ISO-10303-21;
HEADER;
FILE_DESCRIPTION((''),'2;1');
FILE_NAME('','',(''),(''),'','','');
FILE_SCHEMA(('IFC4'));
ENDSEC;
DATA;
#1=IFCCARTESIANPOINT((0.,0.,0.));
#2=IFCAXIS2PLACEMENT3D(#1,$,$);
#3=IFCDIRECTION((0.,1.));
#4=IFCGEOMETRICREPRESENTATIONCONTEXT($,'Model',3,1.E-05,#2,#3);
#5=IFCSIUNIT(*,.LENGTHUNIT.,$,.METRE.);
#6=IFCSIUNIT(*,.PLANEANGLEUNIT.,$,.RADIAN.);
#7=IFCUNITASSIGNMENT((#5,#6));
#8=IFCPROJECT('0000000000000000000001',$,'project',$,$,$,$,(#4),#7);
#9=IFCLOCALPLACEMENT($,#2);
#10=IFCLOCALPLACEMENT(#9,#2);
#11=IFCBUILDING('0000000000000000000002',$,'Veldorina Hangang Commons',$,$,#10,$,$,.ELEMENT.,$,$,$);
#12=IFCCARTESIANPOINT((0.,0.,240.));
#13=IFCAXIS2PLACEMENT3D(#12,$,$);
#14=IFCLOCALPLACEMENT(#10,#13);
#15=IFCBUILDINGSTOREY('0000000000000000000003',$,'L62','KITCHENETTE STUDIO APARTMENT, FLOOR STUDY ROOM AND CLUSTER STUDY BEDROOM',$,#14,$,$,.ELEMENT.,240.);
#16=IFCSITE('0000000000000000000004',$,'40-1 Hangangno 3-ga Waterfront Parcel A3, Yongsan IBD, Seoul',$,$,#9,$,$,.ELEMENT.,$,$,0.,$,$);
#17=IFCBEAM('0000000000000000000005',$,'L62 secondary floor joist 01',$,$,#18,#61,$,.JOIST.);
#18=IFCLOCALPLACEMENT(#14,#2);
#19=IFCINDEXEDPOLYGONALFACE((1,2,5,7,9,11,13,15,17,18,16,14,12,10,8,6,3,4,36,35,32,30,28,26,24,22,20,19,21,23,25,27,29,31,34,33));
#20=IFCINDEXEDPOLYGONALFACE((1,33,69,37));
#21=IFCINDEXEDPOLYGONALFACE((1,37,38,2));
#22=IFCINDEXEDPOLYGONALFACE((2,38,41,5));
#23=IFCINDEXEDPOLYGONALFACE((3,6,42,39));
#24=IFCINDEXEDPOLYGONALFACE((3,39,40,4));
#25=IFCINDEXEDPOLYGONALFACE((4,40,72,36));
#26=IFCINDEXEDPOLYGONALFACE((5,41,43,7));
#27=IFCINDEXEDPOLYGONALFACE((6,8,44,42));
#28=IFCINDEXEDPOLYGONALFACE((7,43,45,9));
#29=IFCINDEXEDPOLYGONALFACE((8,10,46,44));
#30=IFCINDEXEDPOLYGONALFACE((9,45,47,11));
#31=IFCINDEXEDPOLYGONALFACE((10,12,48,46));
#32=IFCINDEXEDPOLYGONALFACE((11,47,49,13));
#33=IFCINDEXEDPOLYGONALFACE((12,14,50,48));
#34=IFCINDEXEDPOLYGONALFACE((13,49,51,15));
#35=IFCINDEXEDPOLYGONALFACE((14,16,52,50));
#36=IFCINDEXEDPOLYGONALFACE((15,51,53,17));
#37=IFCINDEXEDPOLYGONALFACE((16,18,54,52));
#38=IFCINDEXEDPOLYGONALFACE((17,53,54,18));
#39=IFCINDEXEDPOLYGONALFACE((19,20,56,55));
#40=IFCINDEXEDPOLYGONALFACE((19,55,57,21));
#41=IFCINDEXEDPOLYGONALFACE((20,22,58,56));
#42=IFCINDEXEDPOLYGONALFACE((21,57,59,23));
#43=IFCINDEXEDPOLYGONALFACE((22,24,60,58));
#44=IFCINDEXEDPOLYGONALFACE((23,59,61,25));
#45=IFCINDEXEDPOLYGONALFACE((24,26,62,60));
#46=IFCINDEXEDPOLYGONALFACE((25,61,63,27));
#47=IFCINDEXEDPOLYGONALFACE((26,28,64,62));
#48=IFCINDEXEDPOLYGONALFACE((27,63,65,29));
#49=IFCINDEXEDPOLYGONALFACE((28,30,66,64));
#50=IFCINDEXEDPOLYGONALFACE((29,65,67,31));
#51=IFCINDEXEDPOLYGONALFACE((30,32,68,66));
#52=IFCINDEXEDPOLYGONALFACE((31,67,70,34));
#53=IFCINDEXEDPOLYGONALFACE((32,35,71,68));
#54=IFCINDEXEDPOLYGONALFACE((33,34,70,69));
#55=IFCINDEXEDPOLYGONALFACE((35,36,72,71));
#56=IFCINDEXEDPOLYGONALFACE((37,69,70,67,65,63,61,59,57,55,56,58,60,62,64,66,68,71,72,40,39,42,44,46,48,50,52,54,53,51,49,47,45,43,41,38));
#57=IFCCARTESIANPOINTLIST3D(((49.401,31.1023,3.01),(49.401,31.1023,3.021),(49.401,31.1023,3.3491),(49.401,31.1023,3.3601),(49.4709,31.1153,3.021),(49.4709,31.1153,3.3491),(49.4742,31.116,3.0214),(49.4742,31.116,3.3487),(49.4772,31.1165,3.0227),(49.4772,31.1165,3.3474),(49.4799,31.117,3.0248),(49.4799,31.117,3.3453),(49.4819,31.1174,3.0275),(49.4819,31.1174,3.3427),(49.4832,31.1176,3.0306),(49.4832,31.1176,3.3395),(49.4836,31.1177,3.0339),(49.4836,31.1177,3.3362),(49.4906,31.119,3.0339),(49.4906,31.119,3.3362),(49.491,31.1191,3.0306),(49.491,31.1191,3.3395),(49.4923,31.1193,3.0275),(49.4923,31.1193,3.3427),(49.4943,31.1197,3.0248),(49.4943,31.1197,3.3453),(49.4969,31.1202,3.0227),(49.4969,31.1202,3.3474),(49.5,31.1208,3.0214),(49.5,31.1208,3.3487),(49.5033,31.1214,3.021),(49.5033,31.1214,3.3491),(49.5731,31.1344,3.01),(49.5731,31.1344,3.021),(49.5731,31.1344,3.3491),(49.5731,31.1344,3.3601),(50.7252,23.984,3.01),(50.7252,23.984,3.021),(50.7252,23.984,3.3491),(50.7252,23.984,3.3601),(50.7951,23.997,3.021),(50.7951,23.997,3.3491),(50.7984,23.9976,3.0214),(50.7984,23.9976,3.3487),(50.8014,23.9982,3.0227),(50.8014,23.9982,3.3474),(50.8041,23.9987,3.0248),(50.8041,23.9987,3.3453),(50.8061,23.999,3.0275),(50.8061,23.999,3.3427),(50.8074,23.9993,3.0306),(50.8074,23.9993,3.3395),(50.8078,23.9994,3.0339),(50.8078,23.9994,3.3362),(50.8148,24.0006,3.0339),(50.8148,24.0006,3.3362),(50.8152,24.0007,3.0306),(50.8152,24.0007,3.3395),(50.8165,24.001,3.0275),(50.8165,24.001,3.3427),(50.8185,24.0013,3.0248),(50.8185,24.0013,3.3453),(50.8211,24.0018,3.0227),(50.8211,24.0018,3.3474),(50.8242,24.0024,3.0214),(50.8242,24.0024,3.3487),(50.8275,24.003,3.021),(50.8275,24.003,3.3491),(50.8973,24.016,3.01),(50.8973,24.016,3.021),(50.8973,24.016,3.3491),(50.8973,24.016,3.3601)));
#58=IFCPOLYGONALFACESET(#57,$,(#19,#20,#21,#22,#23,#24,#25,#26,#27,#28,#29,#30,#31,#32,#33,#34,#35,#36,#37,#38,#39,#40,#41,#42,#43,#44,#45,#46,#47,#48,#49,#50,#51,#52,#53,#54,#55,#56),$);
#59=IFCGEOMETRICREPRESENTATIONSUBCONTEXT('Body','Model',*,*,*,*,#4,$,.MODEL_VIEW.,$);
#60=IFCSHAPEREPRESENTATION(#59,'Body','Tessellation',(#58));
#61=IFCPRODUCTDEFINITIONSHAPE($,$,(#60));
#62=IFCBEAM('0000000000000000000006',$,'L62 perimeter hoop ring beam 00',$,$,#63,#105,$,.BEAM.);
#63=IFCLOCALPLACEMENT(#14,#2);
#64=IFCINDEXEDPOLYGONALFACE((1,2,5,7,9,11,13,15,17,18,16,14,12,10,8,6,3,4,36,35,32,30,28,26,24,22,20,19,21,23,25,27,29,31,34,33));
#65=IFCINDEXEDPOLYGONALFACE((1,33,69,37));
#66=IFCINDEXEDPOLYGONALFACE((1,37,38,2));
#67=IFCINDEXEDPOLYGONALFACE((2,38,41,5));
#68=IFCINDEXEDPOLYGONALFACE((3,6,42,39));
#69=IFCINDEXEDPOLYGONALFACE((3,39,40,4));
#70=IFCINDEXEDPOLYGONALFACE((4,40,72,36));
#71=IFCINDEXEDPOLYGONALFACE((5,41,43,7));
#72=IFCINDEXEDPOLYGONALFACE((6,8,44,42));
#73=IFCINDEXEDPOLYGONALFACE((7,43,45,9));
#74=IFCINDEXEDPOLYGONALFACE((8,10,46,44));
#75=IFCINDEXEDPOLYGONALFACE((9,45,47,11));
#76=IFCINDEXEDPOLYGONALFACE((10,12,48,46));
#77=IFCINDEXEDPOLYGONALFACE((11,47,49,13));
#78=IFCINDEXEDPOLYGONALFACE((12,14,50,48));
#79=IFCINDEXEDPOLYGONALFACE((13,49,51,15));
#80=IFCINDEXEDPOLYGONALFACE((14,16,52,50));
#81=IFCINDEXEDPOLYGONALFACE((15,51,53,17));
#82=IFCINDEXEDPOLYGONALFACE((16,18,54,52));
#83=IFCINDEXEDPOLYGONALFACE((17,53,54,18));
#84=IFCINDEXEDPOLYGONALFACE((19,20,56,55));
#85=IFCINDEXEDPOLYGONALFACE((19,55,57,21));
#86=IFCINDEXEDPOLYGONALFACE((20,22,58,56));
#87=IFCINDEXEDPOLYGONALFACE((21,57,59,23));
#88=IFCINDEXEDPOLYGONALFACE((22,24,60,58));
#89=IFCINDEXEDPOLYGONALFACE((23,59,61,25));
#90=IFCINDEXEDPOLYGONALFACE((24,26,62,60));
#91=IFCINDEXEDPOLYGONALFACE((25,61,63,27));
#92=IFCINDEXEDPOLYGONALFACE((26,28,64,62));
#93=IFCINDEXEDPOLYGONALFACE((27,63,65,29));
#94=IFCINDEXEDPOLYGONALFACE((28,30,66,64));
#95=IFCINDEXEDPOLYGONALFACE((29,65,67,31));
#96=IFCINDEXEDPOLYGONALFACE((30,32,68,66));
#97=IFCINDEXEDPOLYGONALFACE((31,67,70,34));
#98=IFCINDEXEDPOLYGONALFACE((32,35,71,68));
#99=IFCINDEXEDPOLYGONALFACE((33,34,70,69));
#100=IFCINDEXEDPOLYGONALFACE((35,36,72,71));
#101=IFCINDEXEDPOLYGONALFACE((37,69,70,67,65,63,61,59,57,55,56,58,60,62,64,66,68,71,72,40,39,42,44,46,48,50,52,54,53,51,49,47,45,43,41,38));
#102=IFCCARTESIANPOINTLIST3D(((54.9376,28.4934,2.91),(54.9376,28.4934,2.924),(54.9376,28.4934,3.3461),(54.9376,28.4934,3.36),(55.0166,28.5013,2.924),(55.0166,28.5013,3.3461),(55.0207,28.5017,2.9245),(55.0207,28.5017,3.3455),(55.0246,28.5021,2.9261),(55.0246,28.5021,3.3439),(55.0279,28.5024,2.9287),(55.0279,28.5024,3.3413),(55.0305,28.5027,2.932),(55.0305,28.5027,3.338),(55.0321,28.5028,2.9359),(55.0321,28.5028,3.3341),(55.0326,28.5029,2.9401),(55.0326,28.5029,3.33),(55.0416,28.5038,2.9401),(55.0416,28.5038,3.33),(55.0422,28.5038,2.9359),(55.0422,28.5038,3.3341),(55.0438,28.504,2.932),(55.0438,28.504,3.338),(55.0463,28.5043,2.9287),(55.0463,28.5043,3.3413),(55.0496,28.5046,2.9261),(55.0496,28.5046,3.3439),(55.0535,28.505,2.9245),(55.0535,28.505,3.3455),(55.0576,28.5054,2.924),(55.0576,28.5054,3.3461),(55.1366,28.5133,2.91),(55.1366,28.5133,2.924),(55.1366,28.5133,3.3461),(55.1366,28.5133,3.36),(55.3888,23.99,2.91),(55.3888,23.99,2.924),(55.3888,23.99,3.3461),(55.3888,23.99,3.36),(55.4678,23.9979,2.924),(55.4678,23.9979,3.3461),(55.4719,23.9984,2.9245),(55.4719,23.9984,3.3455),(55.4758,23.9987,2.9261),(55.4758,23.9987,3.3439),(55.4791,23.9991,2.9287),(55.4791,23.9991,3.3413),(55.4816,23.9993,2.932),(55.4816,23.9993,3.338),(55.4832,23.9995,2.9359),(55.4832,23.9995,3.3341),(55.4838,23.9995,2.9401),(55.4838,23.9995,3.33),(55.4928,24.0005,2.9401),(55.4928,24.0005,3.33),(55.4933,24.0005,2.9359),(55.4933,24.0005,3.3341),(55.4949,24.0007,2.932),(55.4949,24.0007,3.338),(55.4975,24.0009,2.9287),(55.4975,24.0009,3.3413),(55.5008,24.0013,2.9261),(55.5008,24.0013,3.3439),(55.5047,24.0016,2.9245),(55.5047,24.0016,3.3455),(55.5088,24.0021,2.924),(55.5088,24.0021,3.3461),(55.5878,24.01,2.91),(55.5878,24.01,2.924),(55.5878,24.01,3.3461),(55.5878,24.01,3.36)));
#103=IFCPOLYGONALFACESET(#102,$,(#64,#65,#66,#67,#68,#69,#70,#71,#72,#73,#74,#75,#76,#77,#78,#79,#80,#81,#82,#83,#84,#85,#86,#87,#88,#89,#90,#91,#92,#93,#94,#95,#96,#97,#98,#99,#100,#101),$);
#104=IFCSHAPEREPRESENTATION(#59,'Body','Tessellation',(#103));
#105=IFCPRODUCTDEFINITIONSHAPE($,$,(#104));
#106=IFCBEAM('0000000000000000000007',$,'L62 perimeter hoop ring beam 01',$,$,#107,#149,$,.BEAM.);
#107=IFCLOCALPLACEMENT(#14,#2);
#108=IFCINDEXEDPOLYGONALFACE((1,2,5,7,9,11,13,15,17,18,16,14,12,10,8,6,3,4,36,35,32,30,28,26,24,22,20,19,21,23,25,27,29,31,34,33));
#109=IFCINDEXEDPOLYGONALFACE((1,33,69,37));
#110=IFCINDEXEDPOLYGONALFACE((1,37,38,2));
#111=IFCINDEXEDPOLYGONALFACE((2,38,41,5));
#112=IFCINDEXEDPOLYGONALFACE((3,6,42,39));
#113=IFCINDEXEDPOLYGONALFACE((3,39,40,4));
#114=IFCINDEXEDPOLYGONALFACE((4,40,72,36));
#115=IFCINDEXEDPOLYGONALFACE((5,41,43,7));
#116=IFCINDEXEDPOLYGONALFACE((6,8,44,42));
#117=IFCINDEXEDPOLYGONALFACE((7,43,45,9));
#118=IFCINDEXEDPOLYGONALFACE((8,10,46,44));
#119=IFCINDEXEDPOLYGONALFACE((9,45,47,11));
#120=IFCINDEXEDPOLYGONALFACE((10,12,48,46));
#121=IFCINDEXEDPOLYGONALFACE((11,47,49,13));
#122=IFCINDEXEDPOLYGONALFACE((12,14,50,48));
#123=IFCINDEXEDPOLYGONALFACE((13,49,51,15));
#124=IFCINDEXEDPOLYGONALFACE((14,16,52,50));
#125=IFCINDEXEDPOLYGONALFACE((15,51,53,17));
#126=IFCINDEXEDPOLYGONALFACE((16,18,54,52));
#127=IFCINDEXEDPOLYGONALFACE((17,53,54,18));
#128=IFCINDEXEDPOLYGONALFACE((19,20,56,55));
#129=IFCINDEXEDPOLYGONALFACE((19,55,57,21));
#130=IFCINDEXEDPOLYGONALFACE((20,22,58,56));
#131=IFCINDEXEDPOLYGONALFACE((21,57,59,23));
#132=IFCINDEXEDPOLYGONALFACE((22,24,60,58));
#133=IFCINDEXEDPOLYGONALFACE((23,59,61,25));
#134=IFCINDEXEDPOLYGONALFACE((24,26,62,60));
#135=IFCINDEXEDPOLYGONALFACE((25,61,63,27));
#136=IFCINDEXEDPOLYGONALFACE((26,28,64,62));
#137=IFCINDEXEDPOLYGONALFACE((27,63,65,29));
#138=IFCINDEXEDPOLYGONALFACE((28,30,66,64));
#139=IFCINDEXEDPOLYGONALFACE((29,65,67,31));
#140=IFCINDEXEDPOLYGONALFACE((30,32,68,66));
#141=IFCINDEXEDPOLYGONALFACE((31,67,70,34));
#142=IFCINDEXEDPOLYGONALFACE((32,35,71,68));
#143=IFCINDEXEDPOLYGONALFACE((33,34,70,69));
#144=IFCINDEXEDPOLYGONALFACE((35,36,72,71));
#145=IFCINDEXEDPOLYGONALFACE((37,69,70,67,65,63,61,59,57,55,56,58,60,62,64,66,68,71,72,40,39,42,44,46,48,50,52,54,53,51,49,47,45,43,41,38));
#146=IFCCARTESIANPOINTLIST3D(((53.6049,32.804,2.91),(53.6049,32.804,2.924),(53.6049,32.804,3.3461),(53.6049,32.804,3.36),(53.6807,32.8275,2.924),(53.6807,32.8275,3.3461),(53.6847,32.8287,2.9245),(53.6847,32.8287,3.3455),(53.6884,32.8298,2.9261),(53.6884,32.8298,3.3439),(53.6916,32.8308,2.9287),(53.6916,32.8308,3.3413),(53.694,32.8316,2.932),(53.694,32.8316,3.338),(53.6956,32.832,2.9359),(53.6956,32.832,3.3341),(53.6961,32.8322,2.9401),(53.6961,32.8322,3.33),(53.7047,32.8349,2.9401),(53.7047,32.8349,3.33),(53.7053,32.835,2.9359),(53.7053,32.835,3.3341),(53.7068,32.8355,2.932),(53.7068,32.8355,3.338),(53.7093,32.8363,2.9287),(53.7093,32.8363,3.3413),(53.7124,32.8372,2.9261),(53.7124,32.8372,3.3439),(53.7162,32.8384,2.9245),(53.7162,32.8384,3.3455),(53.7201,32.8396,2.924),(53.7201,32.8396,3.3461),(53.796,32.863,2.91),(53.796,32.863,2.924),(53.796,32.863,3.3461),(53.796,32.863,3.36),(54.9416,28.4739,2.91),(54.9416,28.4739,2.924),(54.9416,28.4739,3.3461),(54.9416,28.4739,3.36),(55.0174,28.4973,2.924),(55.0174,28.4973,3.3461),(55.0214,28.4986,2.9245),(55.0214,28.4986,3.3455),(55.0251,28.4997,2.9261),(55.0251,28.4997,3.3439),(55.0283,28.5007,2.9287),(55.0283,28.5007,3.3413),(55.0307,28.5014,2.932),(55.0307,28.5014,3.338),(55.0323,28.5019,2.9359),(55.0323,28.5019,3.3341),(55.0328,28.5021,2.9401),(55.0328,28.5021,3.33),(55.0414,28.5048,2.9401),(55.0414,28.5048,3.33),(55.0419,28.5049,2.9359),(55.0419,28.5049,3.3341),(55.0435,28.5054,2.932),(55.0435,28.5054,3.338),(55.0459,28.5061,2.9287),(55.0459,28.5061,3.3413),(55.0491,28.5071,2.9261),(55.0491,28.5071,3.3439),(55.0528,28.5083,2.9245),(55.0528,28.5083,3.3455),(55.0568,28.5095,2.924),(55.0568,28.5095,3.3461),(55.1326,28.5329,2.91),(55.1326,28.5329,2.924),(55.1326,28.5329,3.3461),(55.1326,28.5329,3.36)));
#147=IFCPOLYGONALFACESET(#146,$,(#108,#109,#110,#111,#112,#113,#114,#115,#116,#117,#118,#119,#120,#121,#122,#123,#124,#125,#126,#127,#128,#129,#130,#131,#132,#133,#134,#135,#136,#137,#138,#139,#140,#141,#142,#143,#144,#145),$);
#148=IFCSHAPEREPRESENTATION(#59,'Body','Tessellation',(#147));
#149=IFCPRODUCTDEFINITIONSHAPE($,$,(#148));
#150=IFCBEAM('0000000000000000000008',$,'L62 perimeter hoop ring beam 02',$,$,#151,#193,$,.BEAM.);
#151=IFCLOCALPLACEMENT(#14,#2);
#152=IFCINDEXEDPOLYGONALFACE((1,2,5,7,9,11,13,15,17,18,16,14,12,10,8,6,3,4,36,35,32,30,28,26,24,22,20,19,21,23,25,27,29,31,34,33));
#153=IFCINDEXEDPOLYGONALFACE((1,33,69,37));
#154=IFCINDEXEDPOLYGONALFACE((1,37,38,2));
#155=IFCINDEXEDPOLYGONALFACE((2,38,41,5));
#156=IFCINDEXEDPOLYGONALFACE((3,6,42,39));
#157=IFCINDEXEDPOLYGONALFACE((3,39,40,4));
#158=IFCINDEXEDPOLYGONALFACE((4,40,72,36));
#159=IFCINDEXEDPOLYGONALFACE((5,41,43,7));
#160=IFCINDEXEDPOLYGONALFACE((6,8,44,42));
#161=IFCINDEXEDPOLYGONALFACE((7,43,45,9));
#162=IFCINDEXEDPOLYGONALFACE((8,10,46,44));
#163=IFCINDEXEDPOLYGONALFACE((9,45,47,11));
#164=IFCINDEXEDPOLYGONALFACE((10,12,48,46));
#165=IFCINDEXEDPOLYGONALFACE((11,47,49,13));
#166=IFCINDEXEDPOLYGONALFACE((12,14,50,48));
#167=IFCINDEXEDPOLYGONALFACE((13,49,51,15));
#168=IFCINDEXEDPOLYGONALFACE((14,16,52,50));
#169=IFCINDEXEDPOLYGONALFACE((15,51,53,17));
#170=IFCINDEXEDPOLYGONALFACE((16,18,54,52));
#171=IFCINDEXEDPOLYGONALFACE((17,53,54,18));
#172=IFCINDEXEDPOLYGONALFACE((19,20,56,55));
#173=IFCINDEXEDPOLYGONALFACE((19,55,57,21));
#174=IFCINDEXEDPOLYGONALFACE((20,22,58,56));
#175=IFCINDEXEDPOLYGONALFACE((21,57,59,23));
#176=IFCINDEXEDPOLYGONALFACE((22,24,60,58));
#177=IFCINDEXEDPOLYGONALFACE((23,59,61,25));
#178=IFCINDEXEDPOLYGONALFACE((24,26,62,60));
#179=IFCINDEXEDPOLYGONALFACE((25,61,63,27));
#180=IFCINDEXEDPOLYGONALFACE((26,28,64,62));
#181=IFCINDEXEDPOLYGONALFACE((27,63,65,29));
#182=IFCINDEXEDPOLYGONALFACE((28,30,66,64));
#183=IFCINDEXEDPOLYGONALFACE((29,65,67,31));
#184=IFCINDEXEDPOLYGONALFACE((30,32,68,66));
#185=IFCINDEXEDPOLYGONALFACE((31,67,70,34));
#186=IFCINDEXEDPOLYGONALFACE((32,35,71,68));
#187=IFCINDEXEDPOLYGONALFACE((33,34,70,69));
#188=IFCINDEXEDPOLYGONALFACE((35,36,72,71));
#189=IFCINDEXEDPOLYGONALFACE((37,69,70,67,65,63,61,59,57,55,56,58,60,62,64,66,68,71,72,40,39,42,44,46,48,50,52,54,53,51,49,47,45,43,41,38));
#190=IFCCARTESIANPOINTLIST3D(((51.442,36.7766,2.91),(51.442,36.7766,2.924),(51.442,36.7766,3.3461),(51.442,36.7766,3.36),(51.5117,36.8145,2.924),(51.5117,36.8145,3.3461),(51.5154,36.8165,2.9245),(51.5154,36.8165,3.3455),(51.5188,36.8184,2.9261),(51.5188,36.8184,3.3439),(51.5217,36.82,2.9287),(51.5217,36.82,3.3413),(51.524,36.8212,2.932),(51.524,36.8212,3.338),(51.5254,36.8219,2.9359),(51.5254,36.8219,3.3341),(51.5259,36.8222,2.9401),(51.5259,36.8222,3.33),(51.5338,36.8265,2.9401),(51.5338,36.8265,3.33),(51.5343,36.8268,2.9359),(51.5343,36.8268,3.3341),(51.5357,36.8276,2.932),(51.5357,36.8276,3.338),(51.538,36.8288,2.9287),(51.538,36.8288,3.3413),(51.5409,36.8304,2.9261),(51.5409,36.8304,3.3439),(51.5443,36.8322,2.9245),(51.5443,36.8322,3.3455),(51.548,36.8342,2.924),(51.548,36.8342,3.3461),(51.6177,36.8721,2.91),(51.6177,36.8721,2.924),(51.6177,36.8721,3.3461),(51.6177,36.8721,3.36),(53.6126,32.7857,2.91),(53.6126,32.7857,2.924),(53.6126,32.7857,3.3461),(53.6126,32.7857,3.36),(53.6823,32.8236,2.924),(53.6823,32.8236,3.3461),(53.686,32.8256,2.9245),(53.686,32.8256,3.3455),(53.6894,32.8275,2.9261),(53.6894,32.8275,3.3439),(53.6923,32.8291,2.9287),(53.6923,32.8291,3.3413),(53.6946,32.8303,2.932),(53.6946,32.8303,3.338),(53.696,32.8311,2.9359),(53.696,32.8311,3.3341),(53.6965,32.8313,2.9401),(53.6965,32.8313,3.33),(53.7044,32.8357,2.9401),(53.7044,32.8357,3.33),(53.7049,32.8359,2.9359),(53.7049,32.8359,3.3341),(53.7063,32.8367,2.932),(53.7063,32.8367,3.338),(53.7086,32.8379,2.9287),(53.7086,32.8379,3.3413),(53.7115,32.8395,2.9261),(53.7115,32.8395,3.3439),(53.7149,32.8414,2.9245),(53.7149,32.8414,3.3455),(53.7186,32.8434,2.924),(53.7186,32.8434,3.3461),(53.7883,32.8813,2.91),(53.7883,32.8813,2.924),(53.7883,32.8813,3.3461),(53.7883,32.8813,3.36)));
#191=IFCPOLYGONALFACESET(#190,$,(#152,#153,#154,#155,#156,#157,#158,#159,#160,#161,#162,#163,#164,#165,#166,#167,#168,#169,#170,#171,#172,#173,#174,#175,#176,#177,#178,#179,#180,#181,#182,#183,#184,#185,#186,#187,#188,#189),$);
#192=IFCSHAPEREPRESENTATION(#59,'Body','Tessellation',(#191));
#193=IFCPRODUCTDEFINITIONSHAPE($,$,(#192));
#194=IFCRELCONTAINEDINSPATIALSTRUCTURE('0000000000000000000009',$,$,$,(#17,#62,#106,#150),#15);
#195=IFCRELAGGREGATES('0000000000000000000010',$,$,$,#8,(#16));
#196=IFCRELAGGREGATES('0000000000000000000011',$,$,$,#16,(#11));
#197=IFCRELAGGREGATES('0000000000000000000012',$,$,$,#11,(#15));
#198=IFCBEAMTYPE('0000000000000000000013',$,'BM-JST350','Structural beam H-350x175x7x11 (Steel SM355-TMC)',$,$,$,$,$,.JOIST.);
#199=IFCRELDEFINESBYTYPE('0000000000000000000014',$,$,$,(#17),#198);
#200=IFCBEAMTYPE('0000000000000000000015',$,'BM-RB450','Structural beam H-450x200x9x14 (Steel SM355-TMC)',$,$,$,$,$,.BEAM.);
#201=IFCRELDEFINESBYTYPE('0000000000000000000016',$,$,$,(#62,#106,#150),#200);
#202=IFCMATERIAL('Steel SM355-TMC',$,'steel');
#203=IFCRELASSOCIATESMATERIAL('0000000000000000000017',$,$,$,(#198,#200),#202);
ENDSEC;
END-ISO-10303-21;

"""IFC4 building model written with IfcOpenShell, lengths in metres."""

from ifc_helpers import new_model, si_unit, direction, frame, origin, origin_2d, place, context, subcontext, project, spatial, i_section, extrude, material, material_profile, profile_set, type_object, element, save


model = new_model("IFC4")

# Units and contexts
model_context = context("Model", 3, precision=1e-05, world=origin(), true_north=direction((0.0, 1.0)))
body_context = subcontext(model_context, "Body", "Model", "MODEL_VIEW")
ifc_project = project(units=[si_unit("LENGTHUNIT", "METRE"), si_unit("PLANEANGLEUNIT", "RADIAN")], contexts=[model_context])

# Site, building, storey
site_placement = place(None, origin())
site = spatial("IfcSite", under=ifc_project, at=site_placement, Name="40-1 Hangangno 3-ga Waterfront Parcel A3, Yongsan IBD, Seoul", CompositionType="ELEMENT", RefElevation=0.0)
building_placement = place(site_placement, origin())
building = spatial("IfcBuilding", under=site, at=building_placement, Name="Veldorina Hangang Commons", CompositionType="ELEMENT")
storey_placement = place(building_placement, frame((0.0, 0.0, 240.0)))
storey = spatial("IfcBuildingStorey", under=building, at=storey_placement, Name="L62", Description="KITCHENETTE STUDIO APARTMENT, FLOOR STUDY ROOM AND CLUSTER STUDY BEDROOM", CompositionType="ELEMENT", Elevation=240.0)

# Beams
ifc_material_1 = material(Name="Steel SM355-TMC", Category="steel")
ifc_material_profile_1 = material_profile(ifc_material_1, i_section(OverallWidth=0.175, OverallDepth=0.3501, WebThickness=0.0071, FlangeThickness=0.011, FilletRadius=0.0129, at=origin_2d()), Name="H-350x175x7x11")
ifc_profile_set_1 = profile_set([ifc_material_profile_1], Name="Steel SM355-TMC")
beam_type_1 = type_object("IfcBeamType", Name="BM-JST350", Description="Structural beam H-350x175x7x11 (Steel SM355-TMC)", PredefinedType="JOIST", material=ifc_profile_set_1)
beam_1_placement = place(storey_placement, frame((50.8113, 24.0, 3.1851), z_axis=(-0.18289, 0.983133, 0.0), x_axis=(-0.983133, -0.18289, 0.0)))
element("IfcBeam", 1, at=beam_1_placement, inside=storey, type_object=beam_type_1, Name="L62 secondary floor joist 01", PredefinedType="JOIST", context=body_context, shape_type="SweptSolid", body=[
    extrude(i_section(OverallWidth=0.175, OverallDepth=0.3501, WebThickness=0.0071, FlangeThickness=0.011, FilletRadius=0.0129, at=origin_2d()), origin(), (0.0, 0.0, 1.0), 7.2405),
])
ifc_material_profile_2 = material_profile(ifc_material_1, i_section(OverallWidth=0.2, OverallDepth=0.45, WebThickness=0.009, FlangeThickness=0.0139, FilletRadius=0.0161, at=origin_2d()), Name="H-450x200x9x14")
ifc_profile_set_2 = profile_set([ifc_material_profile_2], Name="Steel SM355-TMC")
beam_type_2 = type_object("IfcBeamType", Name="BM-RB450", Description="Structural beam H-450x200x9x14 (Steel SM355-TMC)", PredefinedType="BEAM", material=ifc_profile_set_2)
beam_2_placement = place(storey_placement, frame((55.4883, 24.0, 3.135), z_axis=(-0.099685, 0.995019, 0.0), x_axis=(-0.995019, -0.099685, 0.0)))
element("IfcBeam", 2, at=beam_2_placement, inside=storey, type_object=beam_type_2, Name="L62 perimeter hoop ring beam 00", PredefinedType="BEAM", context=body_context, shape_type="SweptSolid", body=[
    extrude(i_section(OverallWidth=0.2, OverallDepth=0.45, WebThickness=0.009, FlangeThickness=0.0139, FilletRadius=0.0161, at=origin_2d()), origin(), (0.0, 0.0, 1.0), 4.5259),
])
beam_3_placement = place(storey_placement, frame((55.0371, 28.5034, 3.135), z_axis=(-0.29496, 0.95551, 0.0), x_axis=(-0.95551, -0.29496, 0.0)))
element("IfcBeam", 3, at=beam_3_placement, inside=storey, type_object=beam_type_2, Name="L62 perimeter hoop ring beam 01", PredefinedType="BEAM", context=body_context, shape_type="SweptSolid", body=[
    extrude(i_section(OverallWidth=0.2, OverallDepth=0.45, WebThickness=0.009, FlangeThickness=0.0139, FilletRadius=0.0161, at=origin_2d()), origin(), (0.0, 0.0, 1.0), 4.5317),
])
beam_4_placement = place(storey_placement, frame((53.7004, 32.8335, 3.135), z_axis=(-0.477794, 0.878472, 0.0), x_axis=(-0.878472, -0.477794, 0.0)))
element("IfcBeam", 4, at=beam_4_placement, inside=storey, type_object=beam_type_2, Name="L62 perimeter hoop ring beam 02", PredefinedType="BEAM", context=body_context, shape_type="SweptSolid", body=[
    extrude(i_section(OverallWidth=0.2, OverallDepth=0.45, WebThickness=0.009, FlangeThickness=0.0139, FilletRadius=0.0161, at=origin_2d()), origin(), (0.0, 0.0, 1.0), 4.543),
])

save(model, "model.ifc")
